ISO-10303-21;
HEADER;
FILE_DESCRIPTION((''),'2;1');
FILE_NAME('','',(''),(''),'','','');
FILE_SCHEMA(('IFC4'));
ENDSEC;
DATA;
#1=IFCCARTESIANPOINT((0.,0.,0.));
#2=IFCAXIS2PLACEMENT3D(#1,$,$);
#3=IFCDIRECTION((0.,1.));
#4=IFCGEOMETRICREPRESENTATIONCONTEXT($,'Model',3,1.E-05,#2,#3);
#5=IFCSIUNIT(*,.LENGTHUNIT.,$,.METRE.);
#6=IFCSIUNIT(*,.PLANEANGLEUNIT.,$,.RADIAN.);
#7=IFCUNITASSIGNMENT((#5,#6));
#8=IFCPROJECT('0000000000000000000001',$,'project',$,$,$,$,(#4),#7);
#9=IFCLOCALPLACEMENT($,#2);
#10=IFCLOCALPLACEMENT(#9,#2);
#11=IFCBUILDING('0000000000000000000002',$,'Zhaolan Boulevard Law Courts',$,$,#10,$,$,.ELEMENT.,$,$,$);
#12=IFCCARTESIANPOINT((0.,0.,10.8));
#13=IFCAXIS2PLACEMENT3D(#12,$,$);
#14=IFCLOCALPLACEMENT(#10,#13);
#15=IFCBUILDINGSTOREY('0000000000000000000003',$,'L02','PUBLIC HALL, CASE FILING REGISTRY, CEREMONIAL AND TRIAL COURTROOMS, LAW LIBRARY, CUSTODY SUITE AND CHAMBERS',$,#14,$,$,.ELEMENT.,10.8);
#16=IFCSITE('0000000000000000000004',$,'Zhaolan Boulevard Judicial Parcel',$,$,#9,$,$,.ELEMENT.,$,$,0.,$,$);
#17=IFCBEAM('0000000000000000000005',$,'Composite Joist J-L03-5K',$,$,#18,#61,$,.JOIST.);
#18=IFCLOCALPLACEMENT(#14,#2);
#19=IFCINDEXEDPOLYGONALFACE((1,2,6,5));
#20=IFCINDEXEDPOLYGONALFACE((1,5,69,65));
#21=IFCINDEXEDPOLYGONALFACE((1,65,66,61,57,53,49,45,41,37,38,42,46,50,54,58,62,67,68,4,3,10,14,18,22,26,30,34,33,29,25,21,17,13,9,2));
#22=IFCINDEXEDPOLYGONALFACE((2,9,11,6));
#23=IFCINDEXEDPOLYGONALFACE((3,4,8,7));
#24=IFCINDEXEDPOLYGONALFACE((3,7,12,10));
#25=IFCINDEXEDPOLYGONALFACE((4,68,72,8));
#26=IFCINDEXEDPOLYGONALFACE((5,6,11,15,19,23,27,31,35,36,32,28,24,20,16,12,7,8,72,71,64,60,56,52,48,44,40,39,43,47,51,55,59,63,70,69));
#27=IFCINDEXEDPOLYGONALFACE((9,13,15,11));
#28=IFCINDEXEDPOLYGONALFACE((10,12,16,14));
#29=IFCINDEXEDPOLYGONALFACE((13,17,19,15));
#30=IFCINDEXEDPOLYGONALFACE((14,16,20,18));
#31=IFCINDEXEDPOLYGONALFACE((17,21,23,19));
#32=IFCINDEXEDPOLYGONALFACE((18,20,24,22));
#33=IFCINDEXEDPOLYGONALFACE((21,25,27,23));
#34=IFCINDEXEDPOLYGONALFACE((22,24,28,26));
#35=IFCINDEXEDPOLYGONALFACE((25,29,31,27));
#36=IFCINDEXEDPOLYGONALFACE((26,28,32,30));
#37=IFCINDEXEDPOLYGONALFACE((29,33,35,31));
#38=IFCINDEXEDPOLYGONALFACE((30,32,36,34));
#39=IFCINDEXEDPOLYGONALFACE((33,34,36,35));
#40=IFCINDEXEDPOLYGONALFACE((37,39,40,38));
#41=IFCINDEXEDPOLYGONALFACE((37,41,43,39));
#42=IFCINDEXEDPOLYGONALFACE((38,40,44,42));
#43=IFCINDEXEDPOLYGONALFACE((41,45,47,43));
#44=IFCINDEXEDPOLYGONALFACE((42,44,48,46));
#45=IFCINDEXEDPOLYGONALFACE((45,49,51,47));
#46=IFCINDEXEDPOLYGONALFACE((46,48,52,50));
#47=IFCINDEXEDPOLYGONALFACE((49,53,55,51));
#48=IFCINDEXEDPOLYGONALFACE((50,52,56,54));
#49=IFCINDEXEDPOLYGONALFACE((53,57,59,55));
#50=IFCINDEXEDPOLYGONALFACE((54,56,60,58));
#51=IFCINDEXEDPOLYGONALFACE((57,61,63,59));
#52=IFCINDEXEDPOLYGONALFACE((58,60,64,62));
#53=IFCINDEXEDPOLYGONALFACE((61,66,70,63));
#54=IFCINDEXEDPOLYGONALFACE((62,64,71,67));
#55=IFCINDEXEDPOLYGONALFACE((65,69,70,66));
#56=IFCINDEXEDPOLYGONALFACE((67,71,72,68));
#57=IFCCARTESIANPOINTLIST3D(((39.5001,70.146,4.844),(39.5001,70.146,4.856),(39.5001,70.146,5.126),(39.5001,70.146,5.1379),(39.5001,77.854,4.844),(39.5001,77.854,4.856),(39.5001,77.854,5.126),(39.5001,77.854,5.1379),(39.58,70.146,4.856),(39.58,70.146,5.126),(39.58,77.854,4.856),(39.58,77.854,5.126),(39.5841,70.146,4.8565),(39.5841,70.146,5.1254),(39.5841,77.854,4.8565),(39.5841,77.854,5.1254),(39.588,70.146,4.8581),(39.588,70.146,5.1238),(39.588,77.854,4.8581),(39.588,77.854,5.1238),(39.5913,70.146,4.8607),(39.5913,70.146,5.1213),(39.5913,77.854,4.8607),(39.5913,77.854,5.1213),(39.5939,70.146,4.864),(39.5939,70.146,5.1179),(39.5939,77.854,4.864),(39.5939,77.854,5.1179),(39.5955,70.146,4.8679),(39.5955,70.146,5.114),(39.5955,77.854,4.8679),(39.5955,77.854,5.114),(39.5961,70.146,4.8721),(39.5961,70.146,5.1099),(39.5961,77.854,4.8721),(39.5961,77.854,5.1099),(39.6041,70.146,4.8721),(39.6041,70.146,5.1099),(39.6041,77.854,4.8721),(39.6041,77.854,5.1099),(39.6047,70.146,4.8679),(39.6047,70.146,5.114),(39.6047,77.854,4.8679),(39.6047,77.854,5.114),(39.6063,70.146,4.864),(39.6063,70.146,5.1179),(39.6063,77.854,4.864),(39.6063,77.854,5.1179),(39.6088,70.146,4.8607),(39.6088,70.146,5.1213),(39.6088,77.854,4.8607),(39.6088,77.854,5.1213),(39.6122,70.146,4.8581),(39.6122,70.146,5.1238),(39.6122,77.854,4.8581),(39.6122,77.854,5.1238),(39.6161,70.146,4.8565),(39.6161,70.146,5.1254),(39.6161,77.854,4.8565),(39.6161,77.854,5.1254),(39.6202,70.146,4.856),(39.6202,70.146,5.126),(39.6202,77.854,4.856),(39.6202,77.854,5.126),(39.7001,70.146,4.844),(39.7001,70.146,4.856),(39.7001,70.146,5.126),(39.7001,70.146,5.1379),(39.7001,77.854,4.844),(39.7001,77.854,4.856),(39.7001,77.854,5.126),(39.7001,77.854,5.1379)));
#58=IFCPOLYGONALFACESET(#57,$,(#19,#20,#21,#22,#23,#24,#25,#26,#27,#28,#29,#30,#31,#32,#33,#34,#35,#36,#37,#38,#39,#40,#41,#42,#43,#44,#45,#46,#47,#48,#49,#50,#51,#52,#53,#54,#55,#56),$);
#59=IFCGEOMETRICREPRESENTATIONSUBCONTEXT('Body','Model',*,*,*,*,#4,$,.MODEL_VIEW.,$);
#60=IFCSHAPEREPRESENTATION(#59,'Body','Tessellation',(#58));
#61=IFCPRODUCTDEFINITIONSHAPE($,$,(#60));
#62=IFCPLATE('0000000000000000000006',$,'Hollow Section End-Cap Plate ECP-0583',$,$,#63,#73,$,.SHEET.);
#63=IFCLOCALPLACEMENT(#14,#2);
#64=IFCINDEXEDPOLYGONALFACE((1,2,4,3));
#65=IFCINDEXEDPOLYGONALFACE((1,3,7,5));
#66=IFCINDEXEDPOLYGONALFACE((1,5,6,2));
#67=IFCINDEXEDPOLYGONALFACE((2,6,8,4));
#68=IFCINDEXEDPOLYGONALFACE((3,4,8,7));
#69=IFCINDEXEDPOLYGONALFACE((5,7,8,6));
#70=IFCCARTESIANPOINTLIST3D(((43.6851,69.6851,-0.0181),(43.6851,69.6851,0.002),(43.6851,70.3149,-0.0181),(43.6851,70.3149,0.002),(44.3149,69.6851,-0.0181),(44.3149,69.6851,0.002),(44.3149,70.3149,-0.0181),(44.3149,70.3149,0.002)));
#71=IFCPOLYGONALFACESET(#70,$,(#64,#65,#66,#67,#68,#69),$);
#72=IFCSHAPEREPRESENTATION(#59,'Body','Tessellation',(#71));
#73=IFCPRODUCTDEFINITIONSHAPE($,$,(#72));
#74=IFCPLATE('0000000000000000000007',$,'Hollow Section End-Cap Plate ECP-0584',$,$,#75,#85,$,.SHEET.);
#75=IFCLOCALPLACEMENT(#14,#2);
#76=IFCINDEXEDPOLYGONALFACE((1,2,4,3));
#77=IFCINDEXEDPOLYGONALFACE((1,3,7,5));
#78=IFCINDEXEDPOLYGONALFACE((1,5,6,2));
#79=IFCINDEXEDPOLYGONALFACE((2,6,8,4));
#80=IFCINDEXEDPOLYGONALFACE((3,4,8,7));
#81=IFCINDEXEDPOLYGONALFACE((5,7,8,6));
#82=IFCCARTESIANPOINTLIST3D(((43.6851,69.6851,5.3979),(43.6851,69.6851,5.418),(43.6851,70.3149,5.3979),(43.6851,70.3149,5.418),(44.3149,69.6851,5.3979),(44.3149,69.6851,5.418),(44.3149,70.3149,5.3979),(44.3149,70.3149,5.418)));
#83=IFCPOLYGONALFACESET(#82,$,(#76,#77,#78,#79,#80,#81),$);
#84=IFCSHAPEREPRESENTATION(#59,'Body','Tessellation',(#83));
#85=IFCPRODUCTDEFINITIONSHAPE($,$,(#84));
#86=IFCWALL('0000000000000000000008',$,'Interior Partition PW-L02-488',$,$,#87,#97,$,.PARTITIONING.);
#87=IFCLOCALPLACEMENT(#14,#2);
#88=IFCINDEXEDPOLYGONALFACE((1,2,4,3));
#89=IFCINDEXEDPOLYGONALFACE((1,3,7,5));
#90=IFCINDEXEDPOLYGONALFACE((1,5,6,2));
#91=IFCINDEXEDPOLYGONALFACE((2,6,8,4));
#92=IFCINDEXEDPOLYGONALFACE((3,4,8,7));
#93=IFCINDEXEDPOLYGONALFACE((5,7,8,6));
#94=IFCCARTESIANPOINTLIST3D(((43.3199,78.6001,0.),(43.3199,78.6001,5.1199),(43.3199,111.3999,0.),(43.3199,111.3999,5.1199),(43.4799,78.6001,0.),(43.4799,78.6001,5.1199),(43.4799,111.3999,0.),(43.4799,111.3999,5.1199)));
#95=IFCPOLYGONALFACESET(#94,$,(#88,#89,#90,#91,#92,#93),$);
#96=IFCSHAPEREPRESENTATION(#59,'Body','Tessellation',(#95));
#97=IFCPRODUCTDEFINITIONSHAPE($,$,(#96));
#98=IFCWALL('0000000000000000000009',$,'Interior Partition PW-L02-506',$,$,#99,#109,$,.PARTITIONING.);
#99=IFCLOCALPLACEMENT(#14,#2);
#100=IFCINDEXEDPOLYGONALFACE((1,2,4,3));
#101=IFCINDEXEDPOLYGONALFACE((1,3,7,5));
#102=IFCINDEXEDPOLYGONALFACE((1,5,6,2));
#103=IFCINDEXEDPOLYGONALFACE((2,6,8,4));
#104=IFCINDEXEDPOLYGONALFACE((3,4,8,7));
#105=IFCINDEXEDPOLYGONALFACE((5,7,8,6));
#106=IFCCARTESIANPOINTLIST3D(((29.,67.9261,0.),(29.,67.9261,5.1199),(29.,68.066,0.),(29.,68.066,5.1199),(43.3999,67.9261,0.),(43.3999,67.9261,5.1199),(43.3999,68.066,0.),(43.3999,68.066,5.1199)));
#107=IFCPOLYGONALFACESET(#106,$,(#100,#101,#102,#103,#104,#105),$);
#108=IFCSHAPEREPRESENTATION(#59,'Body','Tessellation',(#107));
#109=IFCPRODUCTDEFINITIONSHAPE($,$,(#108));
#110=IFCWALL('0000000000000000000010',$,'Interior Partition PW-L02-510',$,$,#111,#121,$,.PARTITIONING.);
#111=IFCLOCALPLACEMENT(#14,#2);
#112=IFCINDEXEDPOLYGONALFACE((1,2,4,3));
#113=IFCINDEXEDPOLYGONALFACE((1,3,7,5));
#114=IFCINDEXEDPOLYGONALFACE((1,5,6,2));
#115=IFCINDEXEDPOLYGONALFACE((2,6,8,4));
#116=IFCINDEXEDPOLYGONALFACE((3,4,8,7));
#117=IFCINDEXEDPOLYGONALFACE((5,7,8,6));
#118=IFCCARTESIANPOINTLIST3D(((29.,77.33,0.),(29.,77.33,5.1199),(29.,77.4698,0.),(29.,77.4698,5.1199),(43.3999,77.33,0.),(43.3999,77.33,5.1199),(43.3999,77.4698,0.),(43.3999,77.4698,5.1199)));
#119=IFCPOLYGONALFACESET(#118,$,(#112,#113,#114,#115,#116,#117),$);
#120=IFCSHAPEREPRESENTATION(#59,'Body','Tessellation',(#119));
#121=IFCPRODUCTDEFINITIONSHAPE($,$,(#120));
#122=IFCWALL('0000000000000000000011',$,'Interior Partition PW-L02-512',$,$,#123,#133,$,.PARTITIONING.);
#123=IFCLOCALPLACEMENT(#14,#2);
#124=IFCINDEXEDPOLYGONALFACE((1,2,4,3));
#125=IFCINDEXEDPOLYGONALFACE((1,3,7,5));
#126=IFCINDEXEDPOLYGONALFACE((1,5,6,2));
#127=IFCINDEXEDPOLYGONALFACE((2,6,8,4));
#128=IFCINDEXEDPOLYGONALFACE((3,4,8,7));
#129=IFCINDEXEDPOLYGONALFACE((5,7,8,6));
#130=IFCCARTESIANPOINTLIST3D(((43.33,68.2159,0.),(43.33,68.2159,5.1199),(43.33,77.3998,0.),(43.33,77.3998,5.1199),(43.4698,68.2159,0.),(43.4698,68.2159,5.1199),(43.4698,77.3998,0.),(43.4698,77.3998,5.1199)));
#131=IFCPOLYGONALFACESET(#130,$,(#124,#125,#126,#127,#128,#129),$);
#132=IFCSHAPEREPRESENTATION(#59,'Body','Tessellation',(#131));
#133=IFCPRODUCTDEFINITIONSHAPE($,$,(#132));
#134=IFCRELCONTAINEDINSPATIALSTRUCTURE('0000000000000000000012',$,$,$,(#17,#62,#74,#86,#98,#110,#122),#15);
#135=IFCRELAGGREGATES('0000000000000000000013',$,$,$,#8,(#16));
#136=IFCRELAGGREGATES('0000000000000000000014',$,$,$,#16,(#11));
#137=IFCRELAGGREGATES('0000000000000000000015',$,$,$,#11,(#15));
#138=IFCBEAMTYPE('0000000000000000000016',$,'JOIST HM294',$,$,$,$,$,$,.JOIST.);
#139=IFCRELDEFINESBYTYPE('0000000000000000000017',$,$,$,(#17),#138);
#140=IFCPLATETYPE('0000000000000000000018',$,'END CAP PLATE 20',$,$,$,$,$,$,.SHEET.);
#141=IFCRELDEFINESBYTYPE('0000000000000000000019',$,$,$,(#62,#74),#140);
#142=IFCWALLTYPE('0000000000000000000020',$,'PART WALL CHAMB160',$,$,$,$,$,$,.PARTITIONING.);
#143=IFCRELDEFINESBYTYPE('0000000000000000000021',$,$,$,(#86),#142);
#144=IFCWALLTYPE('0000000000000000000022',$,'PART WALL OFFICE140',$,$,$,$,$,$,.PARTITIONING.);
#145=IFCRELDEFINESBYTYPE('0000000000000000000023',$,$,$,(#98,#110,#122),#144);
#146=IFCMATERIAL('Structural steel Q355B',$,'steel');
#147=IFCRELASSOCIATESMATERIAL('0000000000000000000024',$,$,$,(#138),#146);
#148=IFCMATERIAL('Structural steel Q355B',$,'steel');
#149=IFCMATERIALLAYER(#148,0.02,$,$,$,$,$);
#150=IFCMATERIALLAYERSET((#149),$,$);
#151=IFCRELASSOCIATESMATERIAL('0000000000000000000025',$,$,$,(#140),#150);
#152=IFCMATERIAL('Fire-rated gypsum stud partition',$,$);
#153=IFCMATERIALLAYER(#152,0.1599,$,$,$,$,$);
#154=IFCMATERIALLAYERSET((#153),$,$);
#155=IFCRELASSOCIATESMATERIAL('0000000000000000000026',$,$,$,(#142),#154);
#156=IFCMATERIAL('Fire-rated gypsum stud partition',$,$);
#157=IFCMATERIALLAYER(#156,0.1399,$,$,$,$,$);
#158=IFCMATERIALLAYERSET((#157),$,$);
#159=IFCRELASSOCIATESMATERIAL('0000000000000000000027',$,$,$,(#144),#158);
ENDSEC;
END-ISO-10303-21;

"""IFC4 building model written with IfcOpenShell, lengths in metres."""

from ifc_helpers import new_model, si_unit, direction, frame, frame_2d, origin, origin_2d, place, context, subcontext, project, spatial, rectangle, i_section, extrude, material, layer, layer_set, material_profile, profile_set, type_object, element, save


model = new_model("IFC4")

# Units and contexts
model_context = context("Model", 3, precision=1e-05, world=origin(), true_north=direction((0.0, 1.0)))
body_context = subcontext(model_context, "Body", "Model", "MODEL_VIEW")
ifc_project = project(units=[si_unit("LENGTHUNIT", "METRE"), si_unit("PLANEANGLEUNIT", "RADIAN")], contexts=[model_context])

# Site, building, storey
site_placement = place(None, origin())
site = spatial("IfcSite", under=ifc_project, at=site_placement, Name="Zhaolan Boulevard Judicial Parcel", CompositionType="ELEMENT", RefElevation=0.0)
building_placement = place(site_placement, origin())
building = spatial("IfcBuilding", under=site, at=building_placement, Name="Zhaolan Boulevard Law Courts", CompositionType="ELEMENT")
storey_placement = place(building_placement, frame((0.0, 0.0, 10.8)))
storey = spatial("IfcBuildingStorey", under=building, at=storey_placement, Name="L02", Description="PUBLIC HALL, CASE FILING REGISTRY, CEREMONIAL AND TRIAL COURTROOMS, LAW LIBRARY, CUSTODY SUITE AND CHAMBERS", CompositionType="ELEMENT", Elevation=10.8)

# Beam
ifc_material_1 = material(Name="Structural steel Q355B", Category="steel")
ifc_material_profile_1 = material_profile(ifc_material_1, i_section(OverallWidth=0.2, OverallDepth=0.2939, WebThickness=0.0081, FlangeThickness=0.012, FilletRadius=0.0161, at=origin_2d()), Name="HM294x200")
ifc_profile_set_1 = profile_set([ifc_material_profile_1], Name="Structural steel Q355B")
beam_type_1 = type_object("IfcBeamType", Name="JOIST HM294", PredefinedType="JOIST", material=ifc_profile_set_1)
beam_1_placement = place(storey_placement, frame((39.6001, 70.146, 4.991), z_axis=(0.0, 1.0, 0.0), x_axis=(-1.0, 0.0, 0.0)))
element("IfcBeam", 1, at=beam_1_placement, inside=storey, type_object=beam_type_1, Name="Composite Joist J-L03-5K", PredefinedType="JOIST", context=body_context, shape_type="SweptSolid", body=[
    extrude(i_section(OverallWidth=0.2, OverallDepth=0.2939, WebThickness=0.0081, FlangeThickness=0.012, FilletRadius=0.0161, at=origin_2d()), origin(), (0.0, 0.0, 1.0), 7.708),
])

# Plates
ifc_material_2 = material(Name="Structural steel Q355B", Category="steel")
ifc_layer_1 = layer(ifc_material_2, 0.02)
ifc_layer_set_1 = layer_set([ifc_layer_1])
plate_type = type_object("IfcPlateType", Name="END CAP PLATE 20", PredefinedType="SHEET", material=ifc_layer_set_1)
for number, where, z_axis, x_axis, name in (
    (2, (44.0, 70.0, -0.0181), (0.0, 0.0, 1.0), (1.0, 0.0, 0.0), "Hollow Section End-Cap Plate ECP-0583"),
    (3, (44.0, 70.0, 5.3979), (0.0, 0.0, 1.0), (1.0, 0.0, 0.0), "Hollow Section End-Cap Plate ECP-0584"),
):
    element("IfcPlate", number, at=place(storey_placement, frame(where, z_axis=z_axis, x_axis=x_axis)), inside=storey, type_object=plate_type, Name=name, PredefinedType="SHEET", context=body_context, shape_type="SweptSolid", body=[
        extrude(rectangle(XDim=0.6299, YDim=0.6299, at=origin_2d()), origin(), (0.0, 0.0, 1.0), 0.02),
    ])

# Walls
ifc_material_3 = material(Name="Fire-rated gypsum stud partition")
ifc_layer_2 = layer(ifc_material_3, 0.1599)
ifc_layer_set_2 = layer_set([ifc_layer_2])
wall_type_1 = type_object("IfcWallType", Name="PART WALL CHAMB160", PredefinedType="PARTITIONING", material=ifc_layer_set_2)
wall_1_placement = place(storey_placement, frame((43.3999, 78.6001, 0.0), z_axis=(0.0, 0.0, 1.0), x_axis=(0.0, 1.0, 0.0)))
element("IfcWall", 4, at=wall_1_placement, inside=storey, type_object=wall_type_1, Name="Interior Partition PW-L02-488", PredefinedType="PARTITIONING", context=body_context, shape_type="SweptSolid", body=[
    extrude(rectangle(XDim=32.7998, YDim=0.1599, at=frame_2d((16.3999, 0.0))), origin(), (0.0, 0.0, 1.0), 5.1199),
])
ifc_material_4 = material(Name="Fire-rated gypsum stud partition")
ifc_layer_3 = layer(ifc_material_4, 0.1399)
ifc_layer_set_3 = layer_set([ifc_layer_3])
wall_type_2 = type_object("IfcWallType", Name="PART WALL OFFICE140", PredefinedType="PARTITIONING", material=ifc_layer_set_3)
for number, where, z_axis, x_axis, name in (
    (5, (43.3999, 67.9961, 0.0), (0.0, 0.0, 1.0), (-1.0, 0.0, 0.0), "Interior Partition PW-L02-506"),
    (6, (43.3999, 77.3999, 0.0), (0.0, 0.0, 1.0), (-1.0, 0.0, 0.0), "Interior Partition PW-L02-510"),
):
    element("IfcWall", number, at=place(storey_placement, frame(where, z_axis=z_axis, x_axis=x_axis)), inside=storey, type_object=wall_type_2, Name=name, PredefinedType="PARTITIONING", context=body_context, shape_type="SweptSolid", body=[
        extrude(rectangle(XDim=14.3999, YDim=0.1399, at=frame_2d((7.2, 0.0))), origin(), (0.0, 0.0, 1.0), 5.1199),
    ])
wall_2_placement = place(storey_placement, frame((43.3999, 68.2161, 0.0), z_axis=(0.0, 0.0, 1.0), x_axis=(0.0, 1.0, 0.0)))
element("IfcWall", 7, at=wall_2_placement, inside=storey, type_object=wall_type_2, Name="Interior Partition PW-L02-512", PredefinedType="PARTITIONING", context=body_context, shape_type="SweptSolid", body=[
    extrude(rectangle(XDim=9.1838, YDim=0.1399, at=frame_2d((4.5918, 0.0))), origin(), (0.0, 0.0, 1.0), 5.1199),
])

save(model, "model.ifc")
